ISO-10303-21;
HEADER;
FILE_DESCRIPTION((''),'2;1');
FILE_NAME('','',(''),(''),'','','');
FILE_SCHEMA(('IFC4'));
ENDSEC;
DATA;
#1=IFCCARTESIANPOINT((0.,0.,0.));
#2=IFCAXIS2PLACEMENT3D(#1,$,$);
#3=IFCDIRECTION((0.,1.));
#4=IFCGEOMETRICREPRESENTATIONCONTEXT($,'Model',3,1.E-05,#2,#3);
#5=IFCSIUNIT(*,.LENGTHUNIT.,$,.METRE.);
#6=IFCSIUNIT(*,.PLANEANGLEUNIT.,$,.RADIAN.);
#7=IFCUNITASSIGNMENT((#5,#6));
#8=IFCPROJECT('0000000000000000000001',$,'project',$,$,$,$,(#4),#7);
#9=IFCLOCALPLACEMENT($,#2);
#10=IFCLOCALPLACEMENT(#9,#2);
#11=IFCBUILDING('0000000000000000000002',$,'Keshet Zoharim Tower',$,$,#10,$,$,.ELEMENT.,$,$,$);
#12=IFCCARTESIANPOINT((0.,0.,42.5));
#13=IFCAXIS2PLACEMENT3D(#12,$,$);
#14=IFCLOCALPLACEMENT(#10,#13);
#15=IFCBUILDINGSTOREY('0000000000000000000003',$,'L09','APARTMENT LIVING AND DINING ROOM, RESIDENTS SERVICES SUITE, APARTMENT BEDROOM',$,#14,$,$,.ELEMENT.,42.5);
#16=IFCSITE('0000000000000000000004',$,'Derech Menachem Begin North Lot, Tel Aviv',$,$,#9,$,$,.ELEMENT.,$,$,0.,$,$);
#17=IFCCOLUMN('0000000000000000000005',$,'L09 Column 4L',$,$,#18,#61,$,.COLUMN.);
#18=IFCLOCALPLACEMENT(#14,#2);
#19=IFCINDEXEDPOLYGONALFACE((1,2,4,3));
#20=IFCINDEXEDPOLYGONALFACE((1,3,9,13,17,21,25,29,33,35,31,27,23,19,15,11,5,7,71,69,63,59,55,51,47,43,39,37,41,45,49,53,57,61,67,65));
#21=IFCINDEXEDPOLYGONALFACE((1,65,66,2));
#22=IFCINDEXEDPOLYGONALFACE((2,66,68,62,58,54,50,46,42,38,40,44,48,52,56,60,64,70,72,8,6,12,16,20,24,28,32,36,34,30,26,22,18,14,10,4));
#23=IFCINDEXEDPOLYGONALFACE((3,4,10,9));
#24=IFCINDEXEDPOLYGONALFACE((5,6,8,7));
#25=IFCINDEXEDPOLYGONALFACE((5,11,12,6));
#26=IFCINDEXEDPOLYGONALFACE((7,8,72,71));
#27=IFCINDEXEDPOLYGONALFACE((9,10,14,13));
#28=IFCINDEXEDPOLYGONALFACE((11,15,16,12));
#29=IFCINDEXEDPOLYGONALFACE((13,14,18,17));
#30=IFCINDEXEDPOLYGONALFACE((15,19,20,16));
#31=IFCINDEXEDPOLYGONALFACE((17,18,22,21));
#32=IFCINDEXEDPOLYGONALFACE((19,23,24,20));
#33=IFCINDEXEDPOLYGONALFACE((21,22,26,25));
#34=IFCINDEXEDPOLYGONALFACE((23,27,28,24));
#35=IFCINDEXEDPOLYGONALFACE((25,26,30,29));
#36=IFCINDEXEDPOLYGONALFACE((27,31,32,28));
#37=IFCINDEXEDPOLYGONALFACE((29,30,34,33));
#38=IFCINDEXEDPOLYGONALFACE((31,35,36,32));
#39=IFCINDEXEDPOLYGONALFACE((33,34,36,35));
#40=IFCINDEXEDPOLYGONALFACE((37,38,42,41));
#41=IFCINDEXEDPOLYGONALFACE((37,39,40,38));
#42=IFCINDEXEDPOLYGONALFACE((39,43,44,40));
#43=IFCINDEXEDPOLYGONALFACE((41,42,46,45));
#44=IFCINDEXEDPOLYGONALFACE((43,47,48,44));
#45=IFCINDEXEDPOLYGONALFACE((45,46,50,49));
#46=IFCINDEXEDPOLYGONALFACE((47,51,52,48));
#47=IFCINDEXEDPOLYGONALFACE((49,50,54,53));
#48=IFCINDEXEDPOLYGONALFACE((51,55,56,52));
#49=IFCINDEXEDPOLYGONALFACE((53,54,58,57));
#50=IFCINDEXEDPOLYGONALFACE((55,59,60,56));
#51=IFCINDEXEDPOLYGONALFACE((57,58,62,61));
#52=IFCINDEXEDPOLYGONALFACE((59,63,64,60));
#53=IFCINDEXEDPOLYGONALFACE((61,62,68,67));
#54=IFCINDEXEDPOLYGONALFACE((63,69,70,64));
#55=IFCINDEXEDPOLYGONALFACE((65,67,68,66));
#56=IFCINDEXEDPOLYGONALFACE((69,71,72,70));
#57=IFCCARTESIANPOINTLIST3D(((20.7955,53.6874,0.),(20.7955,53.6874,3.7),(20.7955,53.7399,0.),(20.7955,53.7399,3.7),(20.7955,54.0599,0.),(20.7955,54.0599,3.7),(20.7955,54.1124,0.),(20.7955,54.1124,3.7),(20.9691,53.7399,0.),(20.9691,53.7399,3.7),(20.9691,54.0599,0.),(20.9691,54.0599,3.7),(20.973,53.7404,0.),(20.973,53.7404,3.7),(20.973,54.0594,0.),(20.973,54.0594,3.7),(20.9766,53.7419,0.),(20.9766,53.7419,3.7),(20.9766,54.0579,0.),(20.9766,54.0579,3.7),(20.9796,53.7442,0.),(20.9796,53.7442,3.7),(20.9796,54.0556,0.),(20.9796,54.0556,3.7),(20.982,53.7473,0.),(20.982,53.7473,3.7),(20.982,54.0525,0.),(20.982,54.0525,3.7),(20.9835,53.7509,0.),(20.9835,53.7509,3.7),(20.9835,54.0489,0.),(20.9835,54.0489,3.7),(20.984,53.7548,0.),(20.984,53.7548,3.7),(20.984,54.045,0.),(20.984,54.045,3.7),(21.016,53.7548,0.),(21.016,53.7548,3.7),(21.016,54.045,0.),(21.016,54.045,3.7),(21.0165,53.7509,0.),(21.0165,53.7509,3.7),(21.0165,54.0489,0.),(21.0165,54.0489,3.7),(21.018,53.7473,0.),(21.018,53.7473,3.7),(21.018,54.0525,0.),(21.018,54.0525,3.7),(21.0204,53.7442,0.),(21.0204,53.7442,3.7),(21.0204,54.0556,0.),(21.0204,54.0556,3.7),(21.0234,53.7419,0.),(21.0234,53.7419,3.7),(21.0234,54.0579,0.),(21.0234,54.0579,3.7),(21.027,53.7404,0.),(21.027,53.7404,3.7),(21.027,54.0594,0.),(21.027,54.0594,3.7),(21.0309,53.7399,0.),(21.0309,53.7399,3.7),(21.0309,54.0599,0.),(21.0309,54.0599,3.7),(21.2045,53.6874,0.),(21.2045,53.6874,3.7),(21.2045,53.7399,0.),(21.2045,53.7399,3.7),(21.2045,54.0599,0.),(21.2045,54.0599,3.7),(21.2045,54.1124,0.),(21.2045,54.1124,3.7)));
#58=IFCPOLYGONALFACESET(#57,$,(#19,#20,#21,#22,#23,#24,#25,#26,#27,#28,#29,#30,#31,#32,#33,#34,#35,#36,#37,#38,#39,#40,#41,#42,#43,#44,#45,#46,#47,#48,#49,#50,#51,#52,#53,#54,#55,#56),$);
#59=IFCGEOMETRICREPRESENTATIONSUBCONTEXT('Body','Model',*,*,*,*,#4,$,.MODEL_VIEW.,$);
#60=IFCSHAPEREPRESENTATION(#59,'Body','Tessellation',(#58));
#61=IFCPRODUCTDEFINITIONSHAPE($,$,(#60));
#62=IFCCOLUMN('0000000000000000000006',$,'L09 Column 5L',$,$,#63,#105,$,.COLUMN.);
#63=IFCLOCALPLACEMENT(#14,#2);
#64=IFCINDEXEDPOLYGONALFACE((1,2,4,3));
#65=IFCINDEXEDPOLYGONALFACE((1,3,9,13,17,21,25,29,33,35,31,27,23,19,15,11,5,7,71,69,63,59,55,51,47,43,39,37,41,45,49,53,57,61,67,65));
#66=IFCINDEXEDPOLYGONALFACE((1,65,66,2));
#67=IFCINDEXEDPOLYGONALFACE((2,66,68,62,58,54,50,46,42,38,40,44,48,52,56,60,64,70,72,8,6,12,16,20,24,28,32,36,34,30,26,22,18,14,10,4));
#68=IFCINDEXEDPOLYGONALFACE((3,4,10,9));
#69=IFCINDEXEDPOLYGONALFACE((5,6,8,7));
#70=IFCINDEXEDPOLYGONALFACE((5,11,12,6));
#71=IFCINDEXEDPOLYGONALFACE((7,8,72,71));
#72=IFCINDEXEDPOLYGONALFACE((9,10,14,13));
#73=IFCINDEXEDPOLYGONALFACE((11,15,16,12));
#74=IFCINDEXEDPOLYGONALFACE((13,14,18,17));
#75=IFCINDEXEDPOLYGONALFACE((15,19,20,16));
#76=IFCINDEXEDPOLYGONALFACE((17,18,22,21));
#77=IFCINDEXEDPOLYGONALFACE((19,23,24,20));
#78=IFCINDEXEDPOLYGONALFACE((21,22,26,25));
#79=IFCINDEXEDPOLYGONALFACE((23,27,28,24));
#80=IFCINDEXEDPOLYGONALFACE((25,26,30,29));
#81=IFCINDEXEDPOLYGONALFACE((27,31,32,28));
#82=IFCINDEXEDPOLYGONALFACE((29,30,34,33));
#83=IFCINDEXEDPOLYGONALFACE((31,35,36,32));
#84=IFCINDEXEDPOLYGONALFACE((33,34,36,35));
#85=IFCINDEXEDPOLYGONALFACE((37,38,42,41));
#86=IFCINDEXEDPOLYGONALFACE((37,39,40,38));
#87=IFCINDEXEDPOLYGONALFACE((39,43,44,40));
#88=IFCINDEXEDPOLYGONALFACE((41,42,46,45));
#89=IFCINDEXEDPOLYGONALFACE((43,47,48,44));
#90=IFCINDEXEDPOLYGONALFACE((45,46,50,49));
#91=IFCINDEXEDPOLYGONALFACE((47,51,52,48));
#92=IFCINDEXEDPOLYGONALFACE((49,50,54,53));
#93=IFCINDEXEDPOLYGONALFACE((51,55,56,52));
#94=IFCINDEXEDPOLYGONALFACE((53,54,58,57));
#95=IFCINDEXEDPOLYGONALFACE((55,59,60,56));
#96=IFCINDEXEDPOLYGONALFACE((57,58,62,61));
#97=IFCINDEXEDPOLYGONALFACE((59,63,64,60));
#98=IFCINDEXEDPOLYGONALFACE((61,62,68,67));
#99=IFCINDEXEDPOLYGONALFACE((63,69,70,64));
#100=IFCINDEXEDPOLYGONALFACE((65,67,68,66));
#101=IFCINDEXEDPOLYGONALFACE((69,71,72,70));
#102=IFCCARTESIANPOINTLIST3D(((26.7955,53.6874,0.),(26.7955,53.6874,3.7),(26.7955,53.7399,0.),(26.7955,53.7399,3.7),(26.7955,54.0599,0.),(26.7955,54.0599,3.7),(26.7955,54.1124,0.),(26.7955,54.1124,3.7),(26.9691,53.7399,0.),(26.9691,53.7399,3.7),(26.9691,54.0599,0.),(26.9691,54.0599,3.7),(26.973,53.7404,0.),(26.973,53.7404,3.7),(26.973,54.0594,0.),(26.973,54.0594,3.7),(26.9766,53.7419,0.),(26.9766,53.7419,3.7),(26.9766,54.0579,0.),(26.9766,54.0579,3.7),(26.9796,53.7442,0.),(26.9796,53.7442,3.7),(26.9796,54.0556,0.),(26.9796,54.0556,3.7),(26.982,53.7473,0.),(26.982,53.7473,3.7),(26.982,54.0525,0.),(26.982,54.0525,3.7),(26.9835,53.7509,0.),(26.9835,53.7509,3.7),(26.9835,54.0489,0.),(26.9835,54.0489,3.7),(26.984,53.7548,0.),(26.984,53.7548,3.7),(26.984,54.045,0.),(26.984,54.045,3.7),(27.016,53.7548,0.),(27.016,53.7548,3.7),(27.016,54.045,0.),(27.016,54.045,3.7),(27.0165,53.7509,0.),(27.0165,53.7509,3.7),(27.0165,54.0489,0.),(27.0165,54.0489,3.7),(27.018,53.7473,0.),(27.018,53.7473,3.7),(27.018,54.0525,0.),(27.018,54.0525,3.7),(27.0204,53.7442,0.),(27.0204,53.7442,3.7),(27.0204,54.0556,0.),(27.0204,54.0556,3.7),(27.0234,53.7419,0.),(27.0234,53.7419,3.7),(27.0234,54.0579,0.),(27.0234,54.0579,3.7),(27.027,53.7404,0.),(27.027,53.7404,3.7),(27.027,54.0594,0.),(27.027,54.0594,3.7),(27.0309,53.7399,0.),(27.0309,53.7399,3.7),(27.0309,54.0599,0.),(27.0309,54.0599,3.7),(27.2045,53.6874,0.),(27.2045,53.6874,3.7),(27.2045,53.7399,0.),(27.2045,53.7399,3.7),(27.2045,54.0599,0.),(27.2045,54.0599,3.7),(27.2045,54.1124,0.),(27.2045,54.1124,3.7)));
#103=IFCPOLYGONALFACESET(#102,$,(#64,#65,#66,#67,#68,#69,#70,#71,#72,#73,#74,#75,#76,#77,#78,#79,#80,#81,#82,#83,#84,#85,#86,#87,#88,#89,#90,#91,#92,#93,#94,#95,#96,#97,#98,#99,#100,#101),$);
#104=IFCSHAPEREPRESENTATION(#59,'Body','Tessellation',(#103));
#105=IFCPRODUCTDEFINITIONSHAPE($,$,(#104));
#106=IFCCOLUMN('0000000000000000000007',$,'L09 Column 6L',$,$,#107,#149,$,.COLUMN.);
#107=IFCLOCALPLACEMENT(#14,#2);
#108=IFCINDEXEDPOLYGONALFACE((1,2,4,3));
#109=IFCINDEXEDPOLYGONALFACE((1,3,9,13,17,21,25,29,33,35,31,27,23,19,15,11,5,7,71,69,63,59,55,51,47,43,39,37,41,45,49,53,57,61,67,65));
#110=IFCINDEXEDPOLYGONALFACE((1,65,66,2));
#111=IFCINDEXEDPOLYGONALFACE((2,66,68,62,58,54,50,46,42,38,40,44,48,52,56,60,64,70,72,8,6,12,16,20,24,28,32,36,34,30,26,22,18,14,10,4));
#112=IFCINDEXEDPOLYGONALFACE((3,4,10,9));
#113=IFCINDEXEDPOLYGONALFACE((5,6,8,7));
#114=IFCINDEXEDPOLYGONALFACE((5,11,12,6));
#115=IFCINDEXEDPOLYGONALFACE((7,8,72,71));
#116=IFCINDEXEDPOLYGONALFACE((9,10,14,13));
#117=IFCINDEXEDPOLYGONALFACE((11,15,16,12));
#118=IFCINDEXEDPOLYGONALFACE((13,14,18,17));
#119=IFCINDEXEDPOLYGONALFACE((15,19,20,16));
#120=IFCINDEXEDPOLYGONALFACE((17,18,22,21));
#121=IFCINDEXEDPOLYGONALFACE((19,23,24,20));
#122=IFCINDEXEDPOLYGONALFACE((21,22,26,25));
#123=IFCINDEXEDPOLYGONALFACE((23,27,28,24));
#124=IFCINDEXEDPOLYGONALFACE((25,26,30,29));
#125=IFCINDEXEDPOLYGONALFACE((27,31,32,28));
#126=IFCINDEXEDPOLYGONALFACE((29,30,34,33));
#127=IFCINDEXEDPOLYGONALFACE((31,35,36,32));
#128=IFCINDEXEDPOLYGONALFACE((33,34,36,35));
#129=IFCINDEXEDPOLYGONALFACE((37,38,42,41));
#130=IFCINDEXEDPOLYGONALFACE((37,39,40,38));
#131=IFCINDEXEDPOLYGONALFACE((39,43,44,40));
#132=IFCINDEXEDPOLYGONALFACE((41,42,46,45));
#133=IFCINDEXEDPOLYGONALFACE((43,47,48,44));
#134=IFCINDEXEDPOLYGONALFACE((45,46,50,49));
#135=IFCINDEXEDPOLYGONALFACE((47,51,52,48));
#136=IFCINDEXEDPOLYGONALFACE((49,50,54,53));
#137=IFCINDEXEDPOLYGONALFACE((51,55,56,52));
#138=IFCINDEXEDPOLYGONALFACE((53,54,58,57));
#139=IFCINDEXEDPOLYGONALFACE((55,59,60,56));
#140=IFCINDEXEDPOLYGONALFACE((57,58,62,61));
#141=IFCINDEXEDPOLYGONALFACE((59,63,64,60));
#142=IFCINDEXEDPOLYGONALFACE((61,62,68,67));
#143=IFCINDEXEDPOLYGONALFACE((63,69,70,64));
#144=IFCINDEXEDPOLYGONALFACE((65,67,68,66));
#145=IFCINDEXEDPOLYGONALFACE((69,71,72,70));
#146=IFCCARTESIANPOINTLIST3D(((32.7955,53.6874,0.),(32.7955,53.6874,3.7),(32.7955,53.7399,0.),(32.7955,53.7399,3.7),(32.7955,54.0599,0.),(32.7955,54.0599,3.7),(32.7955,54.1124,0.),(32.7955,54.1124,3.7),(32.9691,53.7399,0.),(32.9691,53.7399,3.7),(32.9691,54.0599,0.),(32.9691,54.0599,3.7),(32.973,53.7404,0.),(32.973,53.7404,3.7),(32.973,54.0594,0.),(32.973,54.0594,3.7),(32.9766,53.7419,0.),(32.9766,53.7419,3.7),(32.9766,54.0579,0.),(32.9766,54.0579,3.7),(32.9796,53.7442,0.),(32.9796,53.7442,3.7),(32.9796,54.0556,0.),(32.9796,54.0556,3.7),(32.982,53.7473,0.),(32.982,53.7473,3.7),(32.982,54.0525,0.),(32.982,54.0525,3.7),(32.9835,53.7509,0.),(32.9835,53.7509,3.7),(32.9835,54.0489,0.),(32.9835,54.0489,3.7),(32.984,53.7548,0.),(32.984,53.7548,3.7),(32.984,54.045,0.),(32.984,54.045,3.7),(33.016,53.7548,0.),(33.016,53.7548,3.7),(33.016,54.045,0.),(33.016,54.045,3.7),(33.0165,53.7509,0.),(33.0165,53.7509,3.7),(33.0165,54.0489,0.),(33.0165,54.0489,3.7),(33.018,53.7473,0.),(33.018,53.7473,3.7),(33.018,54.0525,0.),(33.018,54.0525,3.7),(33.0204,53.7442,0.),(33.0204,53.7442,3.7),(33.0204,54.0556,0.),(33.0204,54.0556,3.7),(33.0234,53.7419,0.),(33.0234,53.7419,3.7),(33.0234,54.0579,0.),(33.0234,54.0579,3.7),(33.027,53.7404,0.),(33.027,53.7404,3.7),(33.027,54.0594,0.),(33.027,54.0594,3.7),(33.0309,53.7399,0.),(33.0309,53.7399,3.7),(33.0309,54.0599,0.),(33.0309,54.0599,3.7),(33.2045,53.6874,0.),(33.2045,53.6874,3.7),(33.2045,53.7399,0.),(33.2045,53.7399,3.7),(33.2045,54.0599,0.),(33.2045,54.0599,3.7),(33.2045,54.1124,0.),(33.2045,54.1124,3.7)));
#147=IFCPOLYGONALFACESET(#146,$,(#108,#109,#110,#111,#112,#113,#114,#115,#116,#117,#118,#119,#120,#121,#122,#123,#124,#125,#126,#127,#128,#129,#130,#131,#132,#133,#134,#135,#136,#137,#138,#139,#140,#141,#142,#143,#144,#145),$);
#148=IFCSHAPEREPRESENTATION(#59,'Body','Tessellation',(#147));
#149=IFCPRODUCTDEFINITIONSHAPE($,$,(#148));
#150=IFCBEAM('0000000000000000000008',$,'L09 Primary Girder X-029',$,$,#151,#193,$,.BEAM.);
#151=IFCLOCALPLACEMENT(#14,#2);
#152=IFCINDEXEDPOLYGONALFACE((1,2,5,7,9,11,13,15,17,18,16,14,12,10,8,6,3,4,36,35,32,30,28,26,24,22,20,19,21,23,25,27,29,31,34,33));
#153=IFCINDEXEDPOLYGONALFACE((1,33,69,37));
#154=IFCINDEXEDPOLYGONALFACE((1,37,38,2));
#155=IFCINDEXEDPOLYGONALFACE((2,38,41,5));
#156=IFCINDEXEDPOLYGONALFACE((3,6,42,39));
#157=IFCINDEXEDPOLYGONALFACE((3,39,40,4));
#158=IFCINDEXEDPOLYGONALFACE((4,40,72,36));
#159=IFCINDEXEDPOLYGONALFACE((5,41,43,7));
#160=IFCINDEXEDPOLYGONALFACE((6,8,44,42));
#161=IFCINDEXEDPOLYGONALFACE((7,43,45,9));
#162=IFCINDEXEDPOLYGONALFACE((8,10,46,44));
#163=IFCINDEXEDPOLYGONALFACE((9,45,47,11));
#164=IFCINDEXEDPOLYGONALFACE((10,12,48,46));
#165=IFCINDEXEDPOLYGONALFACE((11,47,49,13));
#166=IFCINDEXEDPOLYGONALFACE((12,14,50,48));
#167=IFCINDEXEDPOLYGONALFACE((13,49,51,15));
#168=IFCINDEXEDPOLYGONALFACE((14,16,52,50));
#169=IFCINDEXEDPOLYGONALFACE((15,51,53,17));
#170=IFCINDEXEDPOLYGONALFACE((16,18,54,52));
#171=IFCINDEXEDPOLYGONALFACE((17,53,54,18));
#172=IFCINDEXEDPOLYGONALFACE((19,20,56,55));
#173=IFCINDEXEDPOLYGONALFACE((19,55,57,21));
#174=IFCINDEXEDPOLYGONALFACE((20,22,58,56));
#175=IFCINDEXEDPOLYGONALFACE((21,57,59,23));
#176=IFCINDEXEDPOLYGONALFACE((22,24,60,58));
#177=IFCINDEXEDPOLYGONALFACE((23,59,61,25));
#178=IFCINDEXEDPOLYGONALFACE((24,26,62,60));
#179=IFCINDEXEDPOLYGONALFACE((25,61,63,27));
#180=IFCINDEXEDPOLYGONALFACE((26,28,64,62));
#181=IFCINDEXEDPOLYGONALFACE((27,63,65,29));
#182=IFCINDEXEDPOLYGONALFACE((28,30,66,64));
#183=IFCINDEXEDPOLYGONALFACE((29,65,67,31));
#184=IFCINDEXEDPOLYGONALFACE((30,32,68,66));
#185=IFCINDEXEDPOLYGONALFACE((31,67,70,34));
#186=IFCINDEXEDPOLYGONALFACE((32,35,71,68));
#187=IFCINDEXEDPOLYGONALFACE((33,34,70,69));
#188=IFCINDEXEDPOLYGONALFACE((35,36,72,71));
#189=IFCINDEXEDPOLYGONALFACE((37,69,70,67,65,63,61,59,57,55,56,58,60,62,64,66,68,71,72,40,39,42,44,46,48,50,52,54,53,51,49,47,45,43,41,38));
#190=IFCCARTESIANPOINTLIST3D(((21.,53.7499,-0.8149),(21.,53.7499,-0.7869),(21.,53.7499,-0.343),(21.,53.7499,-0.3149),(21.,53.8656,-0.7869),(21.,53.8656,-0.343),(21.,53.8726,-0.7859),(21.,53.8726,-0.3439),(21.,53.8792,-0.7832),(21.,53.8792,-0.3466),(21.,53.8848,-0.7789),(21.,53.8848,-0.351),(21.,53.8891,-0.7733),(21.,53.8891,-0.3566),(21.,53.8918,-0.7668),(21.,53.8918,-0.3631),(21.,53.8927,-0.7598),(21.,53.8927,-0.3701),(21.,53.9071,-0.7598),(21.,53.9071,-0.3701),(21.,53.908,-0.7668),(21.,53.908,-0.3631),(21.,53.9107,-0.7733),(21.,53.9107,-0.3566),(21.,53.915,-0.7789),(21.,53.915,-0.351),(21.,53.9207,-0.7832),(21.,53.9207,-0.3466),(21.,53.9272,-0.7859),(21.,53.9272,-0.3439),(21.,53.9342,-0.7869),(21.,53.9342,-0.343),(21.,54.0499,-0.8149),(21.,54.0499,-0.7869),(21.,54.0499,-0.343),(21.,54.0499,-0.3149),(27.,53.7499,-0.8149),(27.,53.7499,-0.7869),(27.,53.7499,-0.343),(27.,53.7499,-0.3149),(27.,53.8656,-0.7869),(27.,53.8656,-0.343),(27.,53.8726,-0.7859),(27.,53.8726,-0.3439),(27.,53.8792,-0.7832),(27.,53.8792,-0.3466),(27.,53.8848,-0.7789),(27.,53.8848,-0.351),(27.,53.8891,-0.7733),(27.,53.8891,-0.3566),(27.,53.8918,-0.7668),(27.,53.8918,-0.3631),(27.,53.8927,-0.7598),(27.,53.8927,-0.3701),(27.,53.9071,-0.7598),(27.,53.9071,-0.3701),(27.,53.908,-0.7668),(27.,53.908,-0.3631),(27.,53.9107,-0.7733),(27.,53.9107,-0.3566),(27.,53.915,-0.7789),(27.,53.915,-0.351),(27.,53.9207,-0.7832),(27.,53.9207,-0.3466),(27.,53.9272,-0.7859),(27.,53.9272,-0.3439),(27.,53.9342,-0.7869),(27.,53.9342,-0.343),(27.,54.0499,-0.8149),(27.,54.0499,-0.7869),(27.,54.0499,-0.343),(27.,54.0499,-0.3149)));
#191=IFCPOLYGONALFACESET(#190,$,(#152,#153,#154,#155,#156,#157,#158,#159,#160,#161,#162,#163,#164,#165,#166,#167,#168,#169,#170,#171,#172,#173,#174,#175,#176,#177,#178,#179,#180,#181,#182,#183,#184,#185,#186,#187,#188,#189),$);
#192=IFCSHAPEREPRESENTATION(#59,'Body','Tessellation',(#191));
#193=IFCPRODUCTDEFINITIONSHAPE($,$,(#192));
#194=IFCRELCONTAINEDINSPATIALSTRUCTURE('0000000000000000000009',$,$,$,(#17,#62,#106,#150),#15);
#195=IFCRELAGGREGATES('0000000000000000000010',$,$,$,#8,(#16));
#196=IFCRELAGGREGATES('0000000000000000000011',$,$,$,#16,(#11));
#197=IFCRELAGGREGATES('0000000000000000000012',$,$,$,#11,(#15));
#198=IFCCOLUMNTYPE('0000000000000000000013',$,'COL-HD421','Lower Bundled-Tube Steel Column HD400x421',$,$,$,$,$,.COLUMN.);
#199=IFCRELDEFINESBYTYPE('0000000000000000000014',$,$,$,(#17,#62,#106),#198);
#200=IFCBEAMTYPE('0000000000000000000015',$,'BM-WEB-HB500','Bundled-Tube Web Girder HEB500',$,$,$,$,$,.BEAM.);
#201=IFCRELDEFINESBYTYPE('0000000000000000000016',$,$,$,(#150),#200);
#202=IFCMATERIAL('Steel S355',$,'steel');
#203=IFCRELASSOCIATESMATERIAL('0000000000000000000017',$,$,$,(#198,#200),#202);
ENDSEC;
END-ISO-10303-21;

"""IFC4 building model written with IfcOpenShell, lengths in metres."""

from ifc_helpers import new_model, si_unit, direction, frame, origin, origin_2d, place, context, subcontext, project, spatial, i_section, extrude, material, material_profile, profile_set, type_object, element, save


model = new_model("IFC4")

# Units and contexts
model_context = context("Model", 3, precision=1e-05, world=origin(), true_north=direction((0.0, 1.0)))
body_context = subcontext(model_context, "Body", "Model", "MODEL_VIEW")
ifc_project = project(units=[si_unit("LENGTHUNIT", "METRE"), si_unit("PLANEANGLEUNIT", "RADIAN")], contexts=[model_context])

# Site, building, storey
site_placement = place(None, origin())
site = spatial("IfcSite", under=ifc_project, at=site_placement, Name="Derech Menachem Begin North Lot, Tel Aviv", CompositionType="ELEMENT", RefElevation=0.0)
building_placement = place(site_placement, origin())
building = spatial("IfcBuilding", under=site, at=building_placement, Name="Keshet Zoharim Tower", CompositionType="ELEMENT")
storey_placement = place(building_placement, frame((0.0, 0.0, 42.5)))
storey = spatial("IfcBuildingStorey", under=building, at=storey_placement, Name="L09", Description="APARTMENT LIVING AND DINING ROOM, RESIDENTS SERVICES SUITE, APARTMENT BEDROOM", CompositionType="ELEMENT", Elevation=42.5)

# Columns
ifc_material_1 = material(Name="Steel S355", Category="steel")
ifc_material_profile_1 = material_profile(ifc_material_1, i_section(OverallWidth=0.4089, OverallDepth=0.425, WebThickness=0.032, FlangeThickness=0.0525, FilletRadius=0.0149, at=origin_2d()), Name="HD400x421")
ifc_profile_set_1 = profile_set([ifc_material_profile_1], Name="Steel S355")
column_type = type_object("IfcColumnType", Name="COL-HD421", Description="Lower Bundled-Tube Steel Column HD400x421", PredefinedType="COLUMN", material=ifc_profile_set_1)
for number, where, z_axis, x_axis, name in (
    (1, (21.0, 53.8999, 0.0), (0.0, 0.0, 1.0), (1.0, 0.0, 0.0), "L09 Column 4L"),
    (2, (27.0, 53.8999, 0.0), (0.0, 0.0, 1.0), (1.0, 0.0, 0.0), "L09 Column 5L"),
    (3, (33.0, 53.8999, 0.0), (0.0, 0.0, 1.0), (1.0, 0.0, 0.0), "L09 Column 6L"),
):
    element("IfcColumn", number, at=place(storey_placement, frame(where, z_axis=z_axis, x_axis=x_axis)), inside=storey, type_object=column_type, Name=name, PredefinedType="COLUMN", context=body_context, shape_type="SweptSolid", body=[
        extrude(i_section(OverallWidth=0.4089, OverallDepth=0.425, WebThickness=0.032, FlangeThickness=0.0525, FilletRadius=0.0149, at=origin_2d()), origin(), (0.0, 0.0, 1.0), 3.7),
    ])

# Beam
ifc_material_profile_2 = material_profile(ifc_material_1, i_section(OverallWidth=0.3, OverallDepth=0.5, WebThickness=0.0144, FlangeThickness=0.0281, FilletRadius=0.0271, at=origin_2d()), Name="HEB500")
ifc_profile_set_2 = profile_set([ifc_material_profile_2], Name="Steel S355")
beam_type = type_object("IfcBeamType", Name="BM-WEB-HB500", Description="Bundled-Tube Web Girder HEB500", PredefinedType="BEAM", material=ifc_profile_set_2)
for number, where, z_axis, x_axis, name in (
    (4, (21.0, 53.8999, -0.5649), (1.0, 0.0, 0.0), (0.0, 1.0, 0.0), "L09 Primary Girder X-029"),
):
    element("IfcBeam", number, at=place(storey_placement, frame(where, z_axis=z_axis, x_axis=x_axis)), inside=storey, type_object=beam_type, Name=name, PredefinedType="BEAM", context=body_context, shape_type="SweptSolid", body=[
        extrude(i_section(OverallWidth=0.3, OverallDepth=0.5, WebThickness=0.0144, FlangeThickness=0.0281, FilletRadius=0.0271, at=origin_2d()), origin(), (0.0, 0.0, 1.0), 6.0),
    ])

save(model, "model.ifc")
